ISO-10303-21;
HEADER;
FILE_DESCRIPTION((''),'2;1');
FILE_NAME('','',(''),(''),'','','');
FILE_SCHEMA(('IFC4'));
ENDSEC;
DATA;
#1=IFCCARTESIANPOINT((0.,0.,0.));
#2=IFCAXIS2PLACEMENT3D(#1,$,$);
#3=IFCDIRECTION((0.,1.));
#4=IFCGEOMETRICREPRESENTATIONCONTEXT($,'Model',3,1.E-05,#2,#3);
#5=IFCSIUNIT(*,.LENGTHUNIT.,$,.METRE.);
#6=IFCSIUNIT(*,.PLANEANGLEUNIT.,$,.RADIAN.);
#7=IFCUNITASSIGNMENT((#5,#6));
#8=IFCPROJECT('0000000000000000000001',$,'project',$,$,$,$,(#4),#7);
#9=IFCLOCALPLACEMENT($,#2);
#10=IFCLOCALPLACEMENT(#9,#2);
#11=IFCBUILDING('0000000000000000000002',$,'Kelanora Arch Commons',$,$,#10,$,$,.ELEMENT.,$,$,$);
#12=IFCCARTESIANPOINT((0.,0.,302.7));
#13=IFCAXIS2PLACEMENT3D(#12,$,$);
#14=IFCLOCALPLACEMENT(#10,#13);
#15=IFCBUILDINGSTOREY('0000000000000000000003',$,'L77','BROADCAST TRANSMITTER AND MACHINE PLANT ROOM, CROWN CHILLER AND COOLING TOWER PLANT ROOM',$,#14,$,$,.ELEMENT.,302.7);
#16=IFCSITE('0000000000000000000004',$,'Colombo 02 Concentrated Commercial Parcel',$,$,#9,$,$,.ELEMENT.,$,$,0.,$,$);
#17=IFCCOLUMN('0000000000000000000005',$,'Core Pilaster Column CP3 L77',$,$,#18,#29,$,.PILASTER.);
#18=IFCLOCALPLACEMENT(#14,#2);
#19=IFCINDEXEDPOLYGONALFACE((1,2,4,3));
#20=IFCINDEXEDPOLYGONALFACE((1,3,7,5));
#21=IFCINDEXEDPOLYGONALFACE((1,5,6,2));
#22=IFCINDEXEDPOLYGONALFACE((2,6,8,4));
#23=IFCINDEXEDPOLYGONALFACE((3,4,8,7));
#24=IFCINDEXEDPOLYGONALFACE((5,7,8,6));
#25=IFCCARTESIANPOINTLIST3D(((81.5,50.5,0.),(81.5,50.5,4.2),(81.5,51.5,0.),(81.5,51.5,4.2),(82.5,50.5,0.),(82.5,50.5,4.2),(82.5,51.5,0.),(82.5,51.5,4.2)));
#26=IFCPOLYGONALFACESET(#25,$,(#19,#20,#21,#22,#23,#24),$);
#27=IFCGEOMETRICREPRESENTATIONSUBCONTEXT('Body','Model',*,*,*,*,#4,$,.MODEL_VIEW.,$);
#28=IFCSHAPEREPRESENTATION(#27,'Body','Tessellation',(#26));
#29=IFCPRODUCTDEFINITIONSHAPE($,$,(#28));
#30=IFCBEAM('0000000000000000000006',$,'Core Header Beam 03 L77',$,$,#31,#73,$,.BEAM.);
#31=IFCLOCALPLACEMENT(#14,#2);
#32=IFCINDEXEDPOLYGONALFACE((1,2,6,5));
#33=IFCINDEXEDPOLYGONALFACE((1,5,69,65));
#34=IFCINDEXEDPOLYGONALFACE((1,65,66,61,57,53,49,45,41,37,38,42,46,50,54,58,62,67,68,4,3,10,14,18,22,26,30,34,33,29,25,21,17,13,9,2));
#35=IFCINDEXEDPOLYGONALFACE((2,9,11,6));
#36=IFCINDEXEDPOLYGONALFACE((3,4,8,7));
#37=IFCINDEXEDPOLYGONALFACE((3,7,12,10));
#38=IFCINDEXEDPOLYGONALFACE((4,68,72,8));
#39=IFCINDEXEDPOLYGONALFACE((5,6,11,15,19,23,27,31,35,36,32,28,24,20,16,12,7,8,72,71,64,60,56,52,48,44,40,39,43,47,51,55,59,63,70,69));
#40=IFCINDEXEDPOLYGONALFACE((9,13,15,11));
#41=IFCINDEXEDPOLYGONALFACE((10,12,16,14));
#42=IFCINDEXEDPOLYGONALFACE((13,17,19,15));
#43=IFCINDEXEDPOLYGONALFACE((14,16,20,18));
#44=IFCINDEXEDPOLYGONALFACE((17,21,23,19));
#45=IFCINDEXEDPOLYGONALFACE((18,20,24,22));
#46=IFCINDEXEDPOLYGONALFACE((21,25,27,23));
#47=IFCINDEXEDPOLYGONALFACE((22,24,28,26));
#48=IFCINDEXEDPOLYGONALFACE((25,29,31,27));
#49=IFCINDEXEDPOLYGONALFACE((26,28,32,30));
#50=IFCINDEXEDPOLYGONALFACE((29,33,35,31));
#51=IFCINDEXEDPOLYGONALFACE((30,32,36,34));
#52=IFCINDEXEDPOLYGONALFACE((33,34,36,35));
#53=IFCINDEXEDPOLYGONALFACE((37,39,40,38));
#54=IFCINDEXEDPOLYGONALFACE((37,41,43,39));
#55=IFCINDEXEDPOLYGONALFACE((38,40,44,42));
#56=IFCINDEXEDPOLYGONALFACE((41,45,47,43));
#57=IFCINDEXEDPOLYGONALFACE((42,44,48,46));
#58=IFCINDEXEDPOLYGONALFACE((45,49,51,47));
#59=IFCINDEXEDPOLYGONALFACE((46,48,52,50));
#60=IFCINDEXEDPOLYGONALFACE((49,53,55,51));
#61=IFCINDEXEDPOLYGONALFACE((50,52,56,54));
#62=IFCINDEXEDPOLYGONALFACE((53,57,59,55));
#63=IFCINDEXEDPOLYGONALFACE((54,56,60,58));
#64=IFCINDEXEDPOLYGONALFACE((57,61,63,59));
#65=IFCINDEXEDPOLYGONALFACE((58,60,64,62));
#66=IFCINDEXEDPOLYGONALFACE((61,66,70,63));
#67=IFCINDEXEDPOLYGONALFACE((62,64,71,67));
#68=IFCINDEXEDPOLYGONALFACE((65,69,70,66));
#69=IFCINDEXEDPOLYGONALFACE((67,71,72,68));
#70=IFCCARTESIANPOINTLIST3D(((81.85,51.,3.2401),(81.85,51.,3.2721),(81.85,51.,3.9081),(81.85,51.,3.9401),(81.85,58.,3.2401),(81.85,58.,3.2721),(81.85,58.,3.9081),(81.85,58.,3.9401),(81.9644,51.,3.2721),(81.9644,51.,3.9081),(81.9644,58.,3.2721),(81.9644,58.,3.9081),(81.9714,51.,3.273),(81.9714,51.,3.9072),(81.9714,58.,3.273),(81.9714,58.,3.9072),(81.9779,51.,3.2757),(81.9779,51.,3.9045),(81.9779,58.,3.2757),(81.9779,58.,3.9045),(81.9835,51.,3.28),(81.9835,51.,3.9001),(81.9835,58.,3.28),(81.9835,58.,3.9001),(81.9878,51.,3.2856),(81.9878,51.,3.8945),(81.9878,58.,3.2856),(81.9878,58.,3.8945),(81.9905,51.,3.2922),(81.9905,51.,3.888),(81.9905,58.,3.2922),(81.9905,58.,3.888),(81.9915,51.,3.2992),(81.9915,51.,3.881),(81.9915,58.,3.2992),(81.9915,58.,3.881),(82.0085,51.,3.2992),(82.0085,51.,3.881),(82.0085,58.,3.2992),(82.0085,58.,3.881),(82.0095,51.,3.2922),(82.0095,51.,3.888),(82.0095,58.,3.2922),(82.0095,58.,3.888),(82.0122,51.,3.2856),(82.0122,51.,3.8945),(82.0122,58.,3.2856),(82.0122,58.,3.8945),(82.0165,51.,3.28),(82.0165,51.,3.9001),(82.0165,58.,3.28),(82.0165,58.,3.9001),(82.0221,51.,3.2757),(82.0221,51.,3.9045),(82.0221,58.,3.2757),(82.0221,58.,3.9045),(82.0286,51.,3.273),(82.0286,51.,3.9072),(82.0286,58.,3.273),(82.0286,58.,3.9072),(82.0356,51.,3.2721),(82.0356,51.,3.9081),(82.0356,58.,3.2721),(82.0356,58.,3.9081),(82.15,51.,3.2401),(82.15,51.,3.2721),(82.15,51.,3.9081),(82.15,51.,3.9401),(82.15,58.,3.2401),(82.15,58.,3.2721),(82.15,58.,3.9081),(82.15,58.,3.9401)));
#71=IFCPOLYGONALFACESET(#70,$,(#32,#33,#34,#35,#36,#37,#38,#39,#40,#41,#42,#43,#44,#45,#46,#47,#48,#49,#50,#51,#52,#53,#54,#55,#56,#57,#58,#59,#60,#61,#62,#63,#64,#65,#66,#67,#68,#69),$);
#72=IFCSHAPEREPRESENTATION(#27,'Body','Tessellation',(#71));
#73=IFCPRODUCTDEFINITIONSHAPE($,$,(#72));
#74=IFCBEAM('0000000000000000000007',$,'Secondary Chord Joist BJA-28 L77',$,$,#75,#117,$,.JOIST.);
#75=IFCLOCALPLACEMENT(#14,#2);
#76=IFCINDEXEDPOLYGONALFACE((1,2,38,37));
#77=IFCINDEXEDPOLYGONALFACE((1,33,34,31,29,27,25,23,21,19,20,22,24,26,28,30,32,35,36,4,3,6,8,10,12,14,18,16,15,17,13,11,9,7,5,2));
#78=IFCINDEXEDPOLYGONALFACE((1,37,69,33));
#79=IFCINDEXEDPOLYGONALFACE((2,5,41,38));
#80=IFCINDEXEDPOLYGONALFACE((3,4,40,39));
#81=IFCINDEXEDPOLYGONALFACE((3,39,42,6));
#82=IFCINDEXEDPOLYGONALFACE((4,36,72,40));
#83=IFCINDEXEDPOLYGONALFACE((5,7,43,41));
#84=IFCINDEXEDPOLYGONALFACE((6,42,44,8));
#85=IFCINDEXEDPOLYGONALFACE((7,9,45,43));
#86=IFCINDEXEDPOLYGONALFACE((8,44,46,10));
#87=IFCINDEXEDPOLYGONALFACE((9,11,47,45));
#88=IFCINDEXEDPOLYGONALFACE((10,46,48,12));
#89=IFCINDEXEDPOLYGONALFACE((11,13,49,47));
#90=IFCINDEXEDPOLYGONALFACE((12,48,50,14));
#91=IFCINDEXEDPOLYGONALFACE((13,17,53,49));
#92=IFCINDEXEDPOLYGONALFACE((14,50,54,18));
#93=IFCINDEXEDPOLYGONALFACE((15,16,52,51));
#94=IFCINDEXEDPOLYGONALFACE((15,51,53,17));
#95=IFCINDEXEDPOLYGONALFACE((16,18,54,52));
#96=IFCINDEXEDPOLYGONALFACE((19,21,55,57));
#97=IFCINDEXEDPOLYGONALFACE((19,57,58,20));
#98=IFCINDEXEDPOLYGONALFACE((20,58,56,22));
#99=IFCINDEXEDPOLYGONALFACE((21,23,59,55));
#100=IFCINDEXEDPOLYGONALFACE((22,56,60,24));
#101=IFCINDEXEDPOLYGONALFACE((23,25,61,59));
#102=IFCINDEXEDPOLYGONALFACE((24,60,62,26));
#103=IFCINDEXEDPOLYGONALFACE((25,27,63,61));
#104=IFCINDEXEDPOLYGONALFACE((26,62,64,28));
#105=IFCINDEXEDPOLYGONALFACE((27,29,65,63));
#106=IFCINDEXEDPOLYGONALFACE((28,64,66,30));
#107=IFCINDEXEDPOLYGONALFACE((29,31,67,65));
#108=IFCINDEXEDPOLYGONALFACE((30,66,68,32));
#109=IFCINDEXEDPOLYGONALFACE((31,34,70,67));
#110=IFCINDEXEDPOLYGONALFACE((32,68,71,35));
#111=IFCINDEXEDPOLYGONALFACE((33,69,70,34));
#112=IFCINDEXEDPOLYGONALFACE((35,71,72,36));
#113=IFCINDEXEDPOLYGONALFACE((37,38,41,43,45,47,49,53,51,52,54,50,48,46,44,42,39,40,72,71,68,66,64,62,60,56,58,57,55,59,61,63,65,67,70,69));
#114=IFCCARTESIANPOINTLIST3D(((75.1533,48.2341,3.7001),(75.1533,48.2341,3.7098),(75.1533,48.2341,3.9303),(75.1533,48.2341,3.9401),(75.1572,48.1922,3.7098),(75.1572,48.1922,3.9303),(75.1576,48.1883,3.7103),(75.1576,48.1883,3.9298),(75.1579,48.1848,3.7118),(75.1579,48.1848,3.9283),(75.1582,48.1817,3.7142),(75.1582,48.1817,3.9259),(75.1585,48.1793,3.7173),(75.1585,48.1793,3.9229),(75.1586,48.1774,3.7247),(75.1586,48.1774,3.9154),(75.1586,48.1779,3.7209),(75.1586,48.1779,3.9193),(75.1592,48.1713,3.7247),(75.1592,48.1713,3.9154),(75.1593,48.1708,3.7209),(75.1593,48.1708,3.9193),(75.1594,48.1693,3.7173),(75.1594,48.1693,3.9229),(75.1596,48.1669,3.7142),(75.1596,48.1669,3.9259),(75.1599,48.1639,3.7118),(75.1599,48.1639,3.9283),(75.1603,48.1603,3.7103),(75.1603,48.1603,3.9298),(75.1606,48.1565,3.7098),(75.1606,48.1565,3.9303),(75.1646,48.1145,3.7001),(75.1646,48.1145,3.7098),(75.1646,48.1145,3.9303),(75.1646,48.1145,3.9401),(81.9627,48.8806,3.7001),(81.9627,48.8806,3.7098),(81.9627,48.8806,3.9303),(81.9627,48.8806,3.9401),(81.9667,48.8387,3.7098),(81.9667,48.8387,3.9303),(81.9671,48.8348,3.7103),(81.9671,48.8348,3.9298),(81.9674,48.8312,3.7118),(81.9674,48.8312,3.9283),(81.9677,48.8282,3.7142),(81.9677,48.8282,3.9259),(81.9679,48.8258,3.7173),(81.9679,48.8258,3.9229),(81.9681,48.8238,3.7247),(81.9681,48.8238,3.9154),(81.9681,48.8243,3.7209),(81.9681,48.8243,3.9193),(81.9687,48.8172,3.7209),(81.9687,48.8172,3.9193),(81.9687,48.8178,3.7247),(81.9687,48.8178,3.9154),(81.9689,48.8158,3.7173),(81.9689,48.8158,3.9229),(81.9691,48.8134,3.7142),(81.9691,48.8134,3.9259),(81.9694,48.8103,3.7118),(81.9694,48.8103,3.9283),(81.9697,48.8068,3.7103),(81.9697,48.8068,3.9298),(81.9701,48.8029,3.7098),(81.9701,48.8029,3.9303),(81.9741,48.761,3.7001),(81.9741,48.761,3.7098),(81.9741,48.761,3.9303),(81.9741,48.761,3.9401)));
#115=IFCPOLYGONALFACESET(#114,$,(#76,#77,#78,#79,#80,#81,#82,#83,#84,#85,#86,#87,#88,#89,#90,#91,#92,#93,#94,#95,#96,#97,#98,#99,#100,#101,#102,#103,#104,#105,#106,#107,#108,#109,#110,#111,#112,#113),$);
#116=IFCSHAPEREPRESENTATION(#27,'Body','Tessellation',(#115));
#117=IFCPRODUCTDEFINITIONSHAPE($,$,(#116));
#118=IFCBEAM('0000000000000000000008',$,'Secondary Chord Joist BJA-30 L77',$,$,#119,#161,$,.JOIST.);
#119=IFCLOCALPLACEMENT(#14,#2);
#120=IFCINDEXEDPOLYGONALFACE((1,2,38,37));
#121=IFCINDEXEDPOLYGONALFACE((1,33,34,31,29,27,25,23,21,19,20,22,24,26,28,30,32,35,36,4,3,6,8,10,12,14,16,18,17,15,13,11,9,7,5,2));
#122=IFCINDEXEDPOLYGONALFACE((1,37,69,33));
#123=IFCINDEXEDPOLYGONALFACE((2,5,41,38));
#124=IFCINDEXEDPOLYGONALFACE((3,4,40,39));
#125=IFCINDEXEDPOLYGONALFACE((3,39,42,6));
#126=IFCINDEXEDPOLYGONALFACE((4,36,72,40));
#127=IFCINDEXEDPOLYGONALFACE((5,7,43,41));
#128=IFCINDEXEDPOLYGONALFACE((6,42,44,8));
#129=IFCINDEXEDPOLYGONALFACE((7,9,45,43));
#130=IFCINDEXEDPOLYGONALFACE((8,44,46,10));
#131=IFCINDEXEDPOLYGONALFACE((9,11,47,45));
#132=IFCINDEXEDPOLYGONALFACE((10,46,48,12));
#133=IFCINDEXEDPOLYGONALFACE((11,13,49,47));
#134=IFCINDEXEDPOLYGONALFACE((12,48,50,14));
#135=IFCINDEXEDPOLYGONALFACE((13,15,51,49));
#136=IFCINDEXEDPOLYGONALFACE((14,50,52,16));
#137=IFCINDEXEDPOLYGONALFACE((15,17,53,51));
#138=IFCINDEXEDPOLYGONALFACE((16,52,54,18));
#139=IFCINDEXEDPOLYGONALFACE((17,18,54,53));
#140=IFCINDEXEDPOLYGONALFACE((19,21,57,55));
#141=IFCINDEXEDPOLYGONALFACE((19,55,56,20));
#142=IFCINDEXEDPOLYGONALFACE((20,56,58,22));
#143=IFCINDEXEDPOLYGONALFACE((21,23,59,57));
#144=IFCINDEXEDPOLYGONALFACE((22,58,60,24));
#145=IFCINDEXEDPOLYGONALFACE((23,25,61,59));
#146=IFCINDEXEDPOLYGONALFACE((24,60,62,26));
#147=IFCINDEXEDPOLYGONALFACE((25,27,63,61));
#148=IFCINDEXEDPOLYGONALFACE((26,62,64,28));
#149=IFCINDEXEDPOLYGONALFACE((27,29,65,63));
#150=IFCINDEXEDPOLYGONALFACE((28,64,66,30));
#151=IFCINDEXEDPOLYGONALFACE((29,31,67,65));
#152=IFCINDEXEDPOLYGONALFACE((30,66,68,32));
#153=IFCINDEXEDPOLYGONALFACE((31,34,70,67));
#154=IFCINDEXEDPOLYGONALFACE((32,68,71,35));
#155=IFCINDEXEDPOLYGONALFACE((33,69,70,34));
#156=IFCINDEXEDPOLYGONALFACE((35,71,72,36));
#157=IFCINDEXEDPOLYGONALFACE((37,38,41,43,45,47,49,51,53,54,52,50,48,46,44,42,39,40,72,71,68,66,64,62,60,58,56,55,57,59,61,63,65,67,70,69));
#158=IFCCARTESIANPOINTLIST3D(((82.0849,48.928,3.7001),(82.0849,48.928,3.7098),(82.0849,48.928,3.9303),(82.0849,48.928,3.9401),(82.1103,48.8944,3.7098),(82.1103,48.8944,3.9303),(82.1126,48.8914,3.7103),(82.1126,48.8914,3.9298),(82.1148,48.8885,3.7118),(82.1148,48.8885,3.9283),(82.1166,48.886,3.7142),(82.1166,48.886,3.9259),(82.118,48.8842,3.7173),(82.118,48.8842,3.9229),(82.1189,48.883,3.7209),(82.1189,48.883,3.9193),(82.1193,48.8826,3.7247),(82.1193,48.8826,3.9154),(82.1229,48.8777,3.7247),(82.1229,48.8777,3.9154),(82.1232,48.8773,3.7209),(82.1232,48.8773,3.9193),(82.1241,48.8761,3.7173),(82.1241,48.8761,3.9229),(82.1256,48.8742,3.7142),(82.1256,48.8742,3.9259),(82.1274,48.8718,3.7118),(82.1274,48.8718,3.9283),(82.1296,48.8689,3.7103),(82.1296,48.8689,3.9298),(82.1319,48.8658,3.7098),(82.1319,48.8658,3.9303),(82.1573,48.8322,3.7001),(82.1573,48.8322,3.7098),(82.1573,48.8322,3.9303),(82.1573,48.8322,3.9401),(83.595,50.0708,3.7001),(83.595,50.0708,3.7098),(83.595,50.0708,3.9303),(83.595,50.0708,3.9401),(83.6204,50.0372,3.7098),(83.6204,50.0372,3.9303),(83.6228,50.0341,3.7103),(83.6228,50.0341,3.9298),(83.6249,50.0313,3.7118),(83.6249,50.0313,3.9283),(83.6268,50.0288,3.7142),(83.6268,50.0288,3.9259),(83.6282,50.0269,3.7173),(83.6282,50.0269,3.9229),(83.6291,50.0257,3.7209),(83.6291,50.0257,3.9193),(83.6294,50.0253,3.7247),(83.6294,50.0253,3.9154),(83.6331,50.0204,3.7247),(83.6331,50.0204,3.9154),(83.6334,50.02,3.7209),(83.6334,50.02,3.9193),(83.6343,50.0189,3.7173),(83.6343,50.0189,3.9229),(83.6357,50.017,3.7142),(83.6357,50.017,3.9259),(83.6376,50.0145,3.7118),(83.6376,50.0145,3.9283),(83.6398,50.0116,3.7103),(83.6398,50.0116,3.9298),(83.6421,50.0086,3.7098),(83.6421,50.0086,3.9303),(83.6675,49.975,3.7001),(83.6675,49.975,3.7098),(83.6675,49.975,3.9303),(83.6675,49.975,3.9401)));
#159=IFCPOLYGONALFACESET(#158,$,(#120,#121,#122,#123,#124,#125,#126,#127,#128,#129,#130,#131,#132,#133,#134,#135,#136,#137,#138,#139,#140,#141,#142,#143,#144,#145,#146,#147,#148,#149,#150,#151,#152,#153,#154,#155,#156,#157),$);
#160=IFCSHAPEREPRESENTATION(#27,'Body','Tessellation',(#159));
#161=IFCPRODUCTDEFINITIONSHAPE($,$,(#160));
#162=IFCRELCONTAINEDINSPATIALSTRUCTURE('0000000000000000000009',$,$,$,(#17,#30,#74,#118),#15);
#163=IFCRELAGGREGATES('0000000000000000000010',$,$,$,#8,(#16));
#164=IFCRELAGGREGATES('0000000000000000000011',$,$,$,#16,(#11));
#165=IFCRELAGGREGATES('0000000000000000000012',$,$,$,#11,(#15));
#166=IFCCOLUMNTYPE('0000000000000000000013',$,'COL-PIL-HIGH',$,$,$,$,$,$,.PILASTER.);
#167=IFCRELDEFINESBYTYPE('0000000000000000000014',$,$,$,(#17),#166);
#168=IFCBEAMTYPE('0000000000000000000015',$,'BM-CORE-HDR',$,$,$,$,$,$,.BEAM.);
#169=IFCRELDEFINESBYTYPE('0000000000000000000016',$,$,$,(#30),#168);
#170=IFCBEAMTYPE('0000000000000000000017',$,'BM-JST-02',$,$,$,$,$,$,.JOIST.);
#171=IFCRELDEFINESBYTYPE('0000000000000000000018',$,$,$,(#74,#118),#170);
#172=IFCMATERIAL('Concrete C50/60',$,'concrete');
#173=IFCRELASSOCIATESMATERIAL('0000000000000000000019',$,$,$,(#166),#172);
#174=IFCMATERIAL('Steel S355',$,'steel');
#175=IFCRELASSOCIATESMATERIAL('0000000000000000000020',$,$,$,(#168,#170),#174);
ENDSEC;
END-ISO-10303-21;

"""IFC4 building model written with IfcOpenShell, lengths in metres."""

from ifc_helpers import new_model, si_unit, direction, frame, origin, origin_2d, place, context, subcontext, project, spatial, rectangle, i_section, extrude, material, material_profile, profile_set, type_object, element, save


model = new_model("IFC4")

# Units and contexts
model_context = context("Model", 3, precision=1e-05, world=origin(), true_north=direction((0.0, 1.0)))
body_context = subcontext(model_context, "Body", "Model", "MODEL_VIEW")
ifc_project = project(units=[si_unit("LENGTHUNIT", "METRE"), si_unit("PLANEANGLEUNIT", "RADIAN")], contexts=[model_context])

# Site, building, storey
site_placement = place(None, origin())
site = spatial("IfcSite", under=ifc_project, at=site_placement, Name="Colombo 02 Concentrated Commercial Parcel", CompositionType="ELEMENT", RefElevation=0.0)
building_placement = place(site_placement, origin())
building = spatial("IfcBuilding", under=site, at=building_placement, Name="Kelanora Arch Commons", CompositionType="ELEMENT")
storey_placement = place(building_placement, frame((0.0, 0.0, 302.7)))
storey = spatial("IfcBuildingStorey", under=building, at=storey_placement, Name="L77", Description="BROADCAST TRANSMITTER AND MACHINE PLANT ROOM, CROWN CHILLER AND COOLING TOWER PLANT ROOM", CompositionType="ELEMENT", Elevation=302.7)

# Column
ifc_material_1 = material(Name="Concrete C50/60", Category="concrete")
ifc_material_profile_1 = material_profile(ifc_material_1, rectangle(XDim=1.0, YDim=1.0, at=origin_2d()), Name="RC1000x1000")
ifc_profile_set_1 = profile_set([ifc_material_profile_1], Name="Concrete C50/60")
column_type = type_object("IfcColumnType", Name="COL-PIL-HIGH", PredefinedType="PILASTER", material=ifc_profile_set_1)
column_placement = place(storey_placement, frame((82.0, 51.0, 0.0), z_axis=(0.0, 0.0, 1.0), x_axis=(1.0, 0.0, 0.0)))
element("IfcColumn", 1, at=column_placement, inside=storey, type_object=column_type, Name="Core Pilaster Column CP3 L77", PredefinedType="PILASTER", context=body_context, shape_type="SweptSolid", body=[
    extrude(rectangle(XDim=1.0, YDim=1.0, at=origin_2d()), origin(), (0.0, 0.0, 1.0), 4.2),
])

# Beams
ifc_material_2 = material(Name="Steel S355", Category="steel")
ifc_material_profile_2 = material_profile(ifc_material_2, i_section(OverallWidth=0.3, OverallDepth=0.7, WebThickness=0.0171, FlangeThickness=0.032, FilletRadius=0.0271, at=origin_2d()), Name="HEB700")
ifc_profile_set_2 = profile_set([ifc_material_profile_2], Name="Steel S355")
beam_type_1 = type_object("IfcBeamType", Name="BM-CORE-HDR", PredefinedType="BEAM", material=ifc_profile_set_2)
beam_1_placement = place(storey_placement, frame((82.0, 51.0, 3.5901), z_axis=(0.0, 1.0, 0.0), x_axis=(-1.0, 0.0, 0.0)))
element("IfcBeam", 2, at=beam_1_placement, inside=storey, type_object=beam_type_1, Name="Core Header Beam 03 L77", PredefinedType="BEAM", context=body_context, shape_type="SweptSolid", body=[
    extrude(i_section(OverallWidth=0.3, OverallDepth=0.7, WebThickness=0.0171, FlangeThickness=0.032, FilletRadius=0.0271, at=origin_2d()), origin(), (0.0, 0.0, 1.0), 7.0),
])
ifc_material_profile_3 = material_profile(ifc_material_2, i_section(OverallWidth=0.1201, OverallDepth=0.24, WebThickness=0.0061, FlangeThickness=0.0098, FilletRadius=0.0149, at=origin_2d()), Name="IPE240")
ifc_profile_set_3 = profile_set([ifc_material_profile_3], Name="Steel S355")
beam_type_2 = type_object("IfcBeamType", Name="BM-JST-02", PredefinedType="JOIST", material=ifc_profile_set_3)
beam_2_placement = place(storey_placement, frame((75.1589, 48.1743, 3.8201), z_axis=(0.995524, 0.094513, 0.0), x_axis=(-0.094513, 0.995524, 0.0)))
element("IfcBeam", 3, at=beam_2_placement, inside=storey, type_object=beam_type_2, Name="Secondary Chord Joist BJA-28 L77", PredefinedType="JOIST", context=body_context, shape_type="SweptSolid", body=[
    extrude(i_section(OverallWidth=0.1201, OverallDepth=0.24, WebThickness=0.0061, FlangeThickness=0.0098, FilletRadius=0.0149, at=origin_2d()), origin(), (0.0, 0.0, 1.0), 6.8401),
])
beam_3_placement = place(storey_placement, frame((82.1211, 48.8801, 3.8201), z_axis=(0.797425, 0.603418, 0.0), x_axis=(-0.603418, 0.797425, 0.0)))
element("IfcBeam", 4, at=beam_3_placement, inside=storey, type_object=beam_type_2, Name="Secondary Chord Joist BJA-30 L77", PredefinedType="JOIST", context=body_context, shape_type="SweptSolid", body=[
    extrude(i_section(OverallWidth=0.1201, OverallDepth=0.24, WebThickness=0.0061, FlangeThickness=0.0098, FilletRadius=0.0149, at=origin_2d()), origin(), (0.0, 0.0, 1.0), 1.8938),
])

save(model, "model.ifc")
